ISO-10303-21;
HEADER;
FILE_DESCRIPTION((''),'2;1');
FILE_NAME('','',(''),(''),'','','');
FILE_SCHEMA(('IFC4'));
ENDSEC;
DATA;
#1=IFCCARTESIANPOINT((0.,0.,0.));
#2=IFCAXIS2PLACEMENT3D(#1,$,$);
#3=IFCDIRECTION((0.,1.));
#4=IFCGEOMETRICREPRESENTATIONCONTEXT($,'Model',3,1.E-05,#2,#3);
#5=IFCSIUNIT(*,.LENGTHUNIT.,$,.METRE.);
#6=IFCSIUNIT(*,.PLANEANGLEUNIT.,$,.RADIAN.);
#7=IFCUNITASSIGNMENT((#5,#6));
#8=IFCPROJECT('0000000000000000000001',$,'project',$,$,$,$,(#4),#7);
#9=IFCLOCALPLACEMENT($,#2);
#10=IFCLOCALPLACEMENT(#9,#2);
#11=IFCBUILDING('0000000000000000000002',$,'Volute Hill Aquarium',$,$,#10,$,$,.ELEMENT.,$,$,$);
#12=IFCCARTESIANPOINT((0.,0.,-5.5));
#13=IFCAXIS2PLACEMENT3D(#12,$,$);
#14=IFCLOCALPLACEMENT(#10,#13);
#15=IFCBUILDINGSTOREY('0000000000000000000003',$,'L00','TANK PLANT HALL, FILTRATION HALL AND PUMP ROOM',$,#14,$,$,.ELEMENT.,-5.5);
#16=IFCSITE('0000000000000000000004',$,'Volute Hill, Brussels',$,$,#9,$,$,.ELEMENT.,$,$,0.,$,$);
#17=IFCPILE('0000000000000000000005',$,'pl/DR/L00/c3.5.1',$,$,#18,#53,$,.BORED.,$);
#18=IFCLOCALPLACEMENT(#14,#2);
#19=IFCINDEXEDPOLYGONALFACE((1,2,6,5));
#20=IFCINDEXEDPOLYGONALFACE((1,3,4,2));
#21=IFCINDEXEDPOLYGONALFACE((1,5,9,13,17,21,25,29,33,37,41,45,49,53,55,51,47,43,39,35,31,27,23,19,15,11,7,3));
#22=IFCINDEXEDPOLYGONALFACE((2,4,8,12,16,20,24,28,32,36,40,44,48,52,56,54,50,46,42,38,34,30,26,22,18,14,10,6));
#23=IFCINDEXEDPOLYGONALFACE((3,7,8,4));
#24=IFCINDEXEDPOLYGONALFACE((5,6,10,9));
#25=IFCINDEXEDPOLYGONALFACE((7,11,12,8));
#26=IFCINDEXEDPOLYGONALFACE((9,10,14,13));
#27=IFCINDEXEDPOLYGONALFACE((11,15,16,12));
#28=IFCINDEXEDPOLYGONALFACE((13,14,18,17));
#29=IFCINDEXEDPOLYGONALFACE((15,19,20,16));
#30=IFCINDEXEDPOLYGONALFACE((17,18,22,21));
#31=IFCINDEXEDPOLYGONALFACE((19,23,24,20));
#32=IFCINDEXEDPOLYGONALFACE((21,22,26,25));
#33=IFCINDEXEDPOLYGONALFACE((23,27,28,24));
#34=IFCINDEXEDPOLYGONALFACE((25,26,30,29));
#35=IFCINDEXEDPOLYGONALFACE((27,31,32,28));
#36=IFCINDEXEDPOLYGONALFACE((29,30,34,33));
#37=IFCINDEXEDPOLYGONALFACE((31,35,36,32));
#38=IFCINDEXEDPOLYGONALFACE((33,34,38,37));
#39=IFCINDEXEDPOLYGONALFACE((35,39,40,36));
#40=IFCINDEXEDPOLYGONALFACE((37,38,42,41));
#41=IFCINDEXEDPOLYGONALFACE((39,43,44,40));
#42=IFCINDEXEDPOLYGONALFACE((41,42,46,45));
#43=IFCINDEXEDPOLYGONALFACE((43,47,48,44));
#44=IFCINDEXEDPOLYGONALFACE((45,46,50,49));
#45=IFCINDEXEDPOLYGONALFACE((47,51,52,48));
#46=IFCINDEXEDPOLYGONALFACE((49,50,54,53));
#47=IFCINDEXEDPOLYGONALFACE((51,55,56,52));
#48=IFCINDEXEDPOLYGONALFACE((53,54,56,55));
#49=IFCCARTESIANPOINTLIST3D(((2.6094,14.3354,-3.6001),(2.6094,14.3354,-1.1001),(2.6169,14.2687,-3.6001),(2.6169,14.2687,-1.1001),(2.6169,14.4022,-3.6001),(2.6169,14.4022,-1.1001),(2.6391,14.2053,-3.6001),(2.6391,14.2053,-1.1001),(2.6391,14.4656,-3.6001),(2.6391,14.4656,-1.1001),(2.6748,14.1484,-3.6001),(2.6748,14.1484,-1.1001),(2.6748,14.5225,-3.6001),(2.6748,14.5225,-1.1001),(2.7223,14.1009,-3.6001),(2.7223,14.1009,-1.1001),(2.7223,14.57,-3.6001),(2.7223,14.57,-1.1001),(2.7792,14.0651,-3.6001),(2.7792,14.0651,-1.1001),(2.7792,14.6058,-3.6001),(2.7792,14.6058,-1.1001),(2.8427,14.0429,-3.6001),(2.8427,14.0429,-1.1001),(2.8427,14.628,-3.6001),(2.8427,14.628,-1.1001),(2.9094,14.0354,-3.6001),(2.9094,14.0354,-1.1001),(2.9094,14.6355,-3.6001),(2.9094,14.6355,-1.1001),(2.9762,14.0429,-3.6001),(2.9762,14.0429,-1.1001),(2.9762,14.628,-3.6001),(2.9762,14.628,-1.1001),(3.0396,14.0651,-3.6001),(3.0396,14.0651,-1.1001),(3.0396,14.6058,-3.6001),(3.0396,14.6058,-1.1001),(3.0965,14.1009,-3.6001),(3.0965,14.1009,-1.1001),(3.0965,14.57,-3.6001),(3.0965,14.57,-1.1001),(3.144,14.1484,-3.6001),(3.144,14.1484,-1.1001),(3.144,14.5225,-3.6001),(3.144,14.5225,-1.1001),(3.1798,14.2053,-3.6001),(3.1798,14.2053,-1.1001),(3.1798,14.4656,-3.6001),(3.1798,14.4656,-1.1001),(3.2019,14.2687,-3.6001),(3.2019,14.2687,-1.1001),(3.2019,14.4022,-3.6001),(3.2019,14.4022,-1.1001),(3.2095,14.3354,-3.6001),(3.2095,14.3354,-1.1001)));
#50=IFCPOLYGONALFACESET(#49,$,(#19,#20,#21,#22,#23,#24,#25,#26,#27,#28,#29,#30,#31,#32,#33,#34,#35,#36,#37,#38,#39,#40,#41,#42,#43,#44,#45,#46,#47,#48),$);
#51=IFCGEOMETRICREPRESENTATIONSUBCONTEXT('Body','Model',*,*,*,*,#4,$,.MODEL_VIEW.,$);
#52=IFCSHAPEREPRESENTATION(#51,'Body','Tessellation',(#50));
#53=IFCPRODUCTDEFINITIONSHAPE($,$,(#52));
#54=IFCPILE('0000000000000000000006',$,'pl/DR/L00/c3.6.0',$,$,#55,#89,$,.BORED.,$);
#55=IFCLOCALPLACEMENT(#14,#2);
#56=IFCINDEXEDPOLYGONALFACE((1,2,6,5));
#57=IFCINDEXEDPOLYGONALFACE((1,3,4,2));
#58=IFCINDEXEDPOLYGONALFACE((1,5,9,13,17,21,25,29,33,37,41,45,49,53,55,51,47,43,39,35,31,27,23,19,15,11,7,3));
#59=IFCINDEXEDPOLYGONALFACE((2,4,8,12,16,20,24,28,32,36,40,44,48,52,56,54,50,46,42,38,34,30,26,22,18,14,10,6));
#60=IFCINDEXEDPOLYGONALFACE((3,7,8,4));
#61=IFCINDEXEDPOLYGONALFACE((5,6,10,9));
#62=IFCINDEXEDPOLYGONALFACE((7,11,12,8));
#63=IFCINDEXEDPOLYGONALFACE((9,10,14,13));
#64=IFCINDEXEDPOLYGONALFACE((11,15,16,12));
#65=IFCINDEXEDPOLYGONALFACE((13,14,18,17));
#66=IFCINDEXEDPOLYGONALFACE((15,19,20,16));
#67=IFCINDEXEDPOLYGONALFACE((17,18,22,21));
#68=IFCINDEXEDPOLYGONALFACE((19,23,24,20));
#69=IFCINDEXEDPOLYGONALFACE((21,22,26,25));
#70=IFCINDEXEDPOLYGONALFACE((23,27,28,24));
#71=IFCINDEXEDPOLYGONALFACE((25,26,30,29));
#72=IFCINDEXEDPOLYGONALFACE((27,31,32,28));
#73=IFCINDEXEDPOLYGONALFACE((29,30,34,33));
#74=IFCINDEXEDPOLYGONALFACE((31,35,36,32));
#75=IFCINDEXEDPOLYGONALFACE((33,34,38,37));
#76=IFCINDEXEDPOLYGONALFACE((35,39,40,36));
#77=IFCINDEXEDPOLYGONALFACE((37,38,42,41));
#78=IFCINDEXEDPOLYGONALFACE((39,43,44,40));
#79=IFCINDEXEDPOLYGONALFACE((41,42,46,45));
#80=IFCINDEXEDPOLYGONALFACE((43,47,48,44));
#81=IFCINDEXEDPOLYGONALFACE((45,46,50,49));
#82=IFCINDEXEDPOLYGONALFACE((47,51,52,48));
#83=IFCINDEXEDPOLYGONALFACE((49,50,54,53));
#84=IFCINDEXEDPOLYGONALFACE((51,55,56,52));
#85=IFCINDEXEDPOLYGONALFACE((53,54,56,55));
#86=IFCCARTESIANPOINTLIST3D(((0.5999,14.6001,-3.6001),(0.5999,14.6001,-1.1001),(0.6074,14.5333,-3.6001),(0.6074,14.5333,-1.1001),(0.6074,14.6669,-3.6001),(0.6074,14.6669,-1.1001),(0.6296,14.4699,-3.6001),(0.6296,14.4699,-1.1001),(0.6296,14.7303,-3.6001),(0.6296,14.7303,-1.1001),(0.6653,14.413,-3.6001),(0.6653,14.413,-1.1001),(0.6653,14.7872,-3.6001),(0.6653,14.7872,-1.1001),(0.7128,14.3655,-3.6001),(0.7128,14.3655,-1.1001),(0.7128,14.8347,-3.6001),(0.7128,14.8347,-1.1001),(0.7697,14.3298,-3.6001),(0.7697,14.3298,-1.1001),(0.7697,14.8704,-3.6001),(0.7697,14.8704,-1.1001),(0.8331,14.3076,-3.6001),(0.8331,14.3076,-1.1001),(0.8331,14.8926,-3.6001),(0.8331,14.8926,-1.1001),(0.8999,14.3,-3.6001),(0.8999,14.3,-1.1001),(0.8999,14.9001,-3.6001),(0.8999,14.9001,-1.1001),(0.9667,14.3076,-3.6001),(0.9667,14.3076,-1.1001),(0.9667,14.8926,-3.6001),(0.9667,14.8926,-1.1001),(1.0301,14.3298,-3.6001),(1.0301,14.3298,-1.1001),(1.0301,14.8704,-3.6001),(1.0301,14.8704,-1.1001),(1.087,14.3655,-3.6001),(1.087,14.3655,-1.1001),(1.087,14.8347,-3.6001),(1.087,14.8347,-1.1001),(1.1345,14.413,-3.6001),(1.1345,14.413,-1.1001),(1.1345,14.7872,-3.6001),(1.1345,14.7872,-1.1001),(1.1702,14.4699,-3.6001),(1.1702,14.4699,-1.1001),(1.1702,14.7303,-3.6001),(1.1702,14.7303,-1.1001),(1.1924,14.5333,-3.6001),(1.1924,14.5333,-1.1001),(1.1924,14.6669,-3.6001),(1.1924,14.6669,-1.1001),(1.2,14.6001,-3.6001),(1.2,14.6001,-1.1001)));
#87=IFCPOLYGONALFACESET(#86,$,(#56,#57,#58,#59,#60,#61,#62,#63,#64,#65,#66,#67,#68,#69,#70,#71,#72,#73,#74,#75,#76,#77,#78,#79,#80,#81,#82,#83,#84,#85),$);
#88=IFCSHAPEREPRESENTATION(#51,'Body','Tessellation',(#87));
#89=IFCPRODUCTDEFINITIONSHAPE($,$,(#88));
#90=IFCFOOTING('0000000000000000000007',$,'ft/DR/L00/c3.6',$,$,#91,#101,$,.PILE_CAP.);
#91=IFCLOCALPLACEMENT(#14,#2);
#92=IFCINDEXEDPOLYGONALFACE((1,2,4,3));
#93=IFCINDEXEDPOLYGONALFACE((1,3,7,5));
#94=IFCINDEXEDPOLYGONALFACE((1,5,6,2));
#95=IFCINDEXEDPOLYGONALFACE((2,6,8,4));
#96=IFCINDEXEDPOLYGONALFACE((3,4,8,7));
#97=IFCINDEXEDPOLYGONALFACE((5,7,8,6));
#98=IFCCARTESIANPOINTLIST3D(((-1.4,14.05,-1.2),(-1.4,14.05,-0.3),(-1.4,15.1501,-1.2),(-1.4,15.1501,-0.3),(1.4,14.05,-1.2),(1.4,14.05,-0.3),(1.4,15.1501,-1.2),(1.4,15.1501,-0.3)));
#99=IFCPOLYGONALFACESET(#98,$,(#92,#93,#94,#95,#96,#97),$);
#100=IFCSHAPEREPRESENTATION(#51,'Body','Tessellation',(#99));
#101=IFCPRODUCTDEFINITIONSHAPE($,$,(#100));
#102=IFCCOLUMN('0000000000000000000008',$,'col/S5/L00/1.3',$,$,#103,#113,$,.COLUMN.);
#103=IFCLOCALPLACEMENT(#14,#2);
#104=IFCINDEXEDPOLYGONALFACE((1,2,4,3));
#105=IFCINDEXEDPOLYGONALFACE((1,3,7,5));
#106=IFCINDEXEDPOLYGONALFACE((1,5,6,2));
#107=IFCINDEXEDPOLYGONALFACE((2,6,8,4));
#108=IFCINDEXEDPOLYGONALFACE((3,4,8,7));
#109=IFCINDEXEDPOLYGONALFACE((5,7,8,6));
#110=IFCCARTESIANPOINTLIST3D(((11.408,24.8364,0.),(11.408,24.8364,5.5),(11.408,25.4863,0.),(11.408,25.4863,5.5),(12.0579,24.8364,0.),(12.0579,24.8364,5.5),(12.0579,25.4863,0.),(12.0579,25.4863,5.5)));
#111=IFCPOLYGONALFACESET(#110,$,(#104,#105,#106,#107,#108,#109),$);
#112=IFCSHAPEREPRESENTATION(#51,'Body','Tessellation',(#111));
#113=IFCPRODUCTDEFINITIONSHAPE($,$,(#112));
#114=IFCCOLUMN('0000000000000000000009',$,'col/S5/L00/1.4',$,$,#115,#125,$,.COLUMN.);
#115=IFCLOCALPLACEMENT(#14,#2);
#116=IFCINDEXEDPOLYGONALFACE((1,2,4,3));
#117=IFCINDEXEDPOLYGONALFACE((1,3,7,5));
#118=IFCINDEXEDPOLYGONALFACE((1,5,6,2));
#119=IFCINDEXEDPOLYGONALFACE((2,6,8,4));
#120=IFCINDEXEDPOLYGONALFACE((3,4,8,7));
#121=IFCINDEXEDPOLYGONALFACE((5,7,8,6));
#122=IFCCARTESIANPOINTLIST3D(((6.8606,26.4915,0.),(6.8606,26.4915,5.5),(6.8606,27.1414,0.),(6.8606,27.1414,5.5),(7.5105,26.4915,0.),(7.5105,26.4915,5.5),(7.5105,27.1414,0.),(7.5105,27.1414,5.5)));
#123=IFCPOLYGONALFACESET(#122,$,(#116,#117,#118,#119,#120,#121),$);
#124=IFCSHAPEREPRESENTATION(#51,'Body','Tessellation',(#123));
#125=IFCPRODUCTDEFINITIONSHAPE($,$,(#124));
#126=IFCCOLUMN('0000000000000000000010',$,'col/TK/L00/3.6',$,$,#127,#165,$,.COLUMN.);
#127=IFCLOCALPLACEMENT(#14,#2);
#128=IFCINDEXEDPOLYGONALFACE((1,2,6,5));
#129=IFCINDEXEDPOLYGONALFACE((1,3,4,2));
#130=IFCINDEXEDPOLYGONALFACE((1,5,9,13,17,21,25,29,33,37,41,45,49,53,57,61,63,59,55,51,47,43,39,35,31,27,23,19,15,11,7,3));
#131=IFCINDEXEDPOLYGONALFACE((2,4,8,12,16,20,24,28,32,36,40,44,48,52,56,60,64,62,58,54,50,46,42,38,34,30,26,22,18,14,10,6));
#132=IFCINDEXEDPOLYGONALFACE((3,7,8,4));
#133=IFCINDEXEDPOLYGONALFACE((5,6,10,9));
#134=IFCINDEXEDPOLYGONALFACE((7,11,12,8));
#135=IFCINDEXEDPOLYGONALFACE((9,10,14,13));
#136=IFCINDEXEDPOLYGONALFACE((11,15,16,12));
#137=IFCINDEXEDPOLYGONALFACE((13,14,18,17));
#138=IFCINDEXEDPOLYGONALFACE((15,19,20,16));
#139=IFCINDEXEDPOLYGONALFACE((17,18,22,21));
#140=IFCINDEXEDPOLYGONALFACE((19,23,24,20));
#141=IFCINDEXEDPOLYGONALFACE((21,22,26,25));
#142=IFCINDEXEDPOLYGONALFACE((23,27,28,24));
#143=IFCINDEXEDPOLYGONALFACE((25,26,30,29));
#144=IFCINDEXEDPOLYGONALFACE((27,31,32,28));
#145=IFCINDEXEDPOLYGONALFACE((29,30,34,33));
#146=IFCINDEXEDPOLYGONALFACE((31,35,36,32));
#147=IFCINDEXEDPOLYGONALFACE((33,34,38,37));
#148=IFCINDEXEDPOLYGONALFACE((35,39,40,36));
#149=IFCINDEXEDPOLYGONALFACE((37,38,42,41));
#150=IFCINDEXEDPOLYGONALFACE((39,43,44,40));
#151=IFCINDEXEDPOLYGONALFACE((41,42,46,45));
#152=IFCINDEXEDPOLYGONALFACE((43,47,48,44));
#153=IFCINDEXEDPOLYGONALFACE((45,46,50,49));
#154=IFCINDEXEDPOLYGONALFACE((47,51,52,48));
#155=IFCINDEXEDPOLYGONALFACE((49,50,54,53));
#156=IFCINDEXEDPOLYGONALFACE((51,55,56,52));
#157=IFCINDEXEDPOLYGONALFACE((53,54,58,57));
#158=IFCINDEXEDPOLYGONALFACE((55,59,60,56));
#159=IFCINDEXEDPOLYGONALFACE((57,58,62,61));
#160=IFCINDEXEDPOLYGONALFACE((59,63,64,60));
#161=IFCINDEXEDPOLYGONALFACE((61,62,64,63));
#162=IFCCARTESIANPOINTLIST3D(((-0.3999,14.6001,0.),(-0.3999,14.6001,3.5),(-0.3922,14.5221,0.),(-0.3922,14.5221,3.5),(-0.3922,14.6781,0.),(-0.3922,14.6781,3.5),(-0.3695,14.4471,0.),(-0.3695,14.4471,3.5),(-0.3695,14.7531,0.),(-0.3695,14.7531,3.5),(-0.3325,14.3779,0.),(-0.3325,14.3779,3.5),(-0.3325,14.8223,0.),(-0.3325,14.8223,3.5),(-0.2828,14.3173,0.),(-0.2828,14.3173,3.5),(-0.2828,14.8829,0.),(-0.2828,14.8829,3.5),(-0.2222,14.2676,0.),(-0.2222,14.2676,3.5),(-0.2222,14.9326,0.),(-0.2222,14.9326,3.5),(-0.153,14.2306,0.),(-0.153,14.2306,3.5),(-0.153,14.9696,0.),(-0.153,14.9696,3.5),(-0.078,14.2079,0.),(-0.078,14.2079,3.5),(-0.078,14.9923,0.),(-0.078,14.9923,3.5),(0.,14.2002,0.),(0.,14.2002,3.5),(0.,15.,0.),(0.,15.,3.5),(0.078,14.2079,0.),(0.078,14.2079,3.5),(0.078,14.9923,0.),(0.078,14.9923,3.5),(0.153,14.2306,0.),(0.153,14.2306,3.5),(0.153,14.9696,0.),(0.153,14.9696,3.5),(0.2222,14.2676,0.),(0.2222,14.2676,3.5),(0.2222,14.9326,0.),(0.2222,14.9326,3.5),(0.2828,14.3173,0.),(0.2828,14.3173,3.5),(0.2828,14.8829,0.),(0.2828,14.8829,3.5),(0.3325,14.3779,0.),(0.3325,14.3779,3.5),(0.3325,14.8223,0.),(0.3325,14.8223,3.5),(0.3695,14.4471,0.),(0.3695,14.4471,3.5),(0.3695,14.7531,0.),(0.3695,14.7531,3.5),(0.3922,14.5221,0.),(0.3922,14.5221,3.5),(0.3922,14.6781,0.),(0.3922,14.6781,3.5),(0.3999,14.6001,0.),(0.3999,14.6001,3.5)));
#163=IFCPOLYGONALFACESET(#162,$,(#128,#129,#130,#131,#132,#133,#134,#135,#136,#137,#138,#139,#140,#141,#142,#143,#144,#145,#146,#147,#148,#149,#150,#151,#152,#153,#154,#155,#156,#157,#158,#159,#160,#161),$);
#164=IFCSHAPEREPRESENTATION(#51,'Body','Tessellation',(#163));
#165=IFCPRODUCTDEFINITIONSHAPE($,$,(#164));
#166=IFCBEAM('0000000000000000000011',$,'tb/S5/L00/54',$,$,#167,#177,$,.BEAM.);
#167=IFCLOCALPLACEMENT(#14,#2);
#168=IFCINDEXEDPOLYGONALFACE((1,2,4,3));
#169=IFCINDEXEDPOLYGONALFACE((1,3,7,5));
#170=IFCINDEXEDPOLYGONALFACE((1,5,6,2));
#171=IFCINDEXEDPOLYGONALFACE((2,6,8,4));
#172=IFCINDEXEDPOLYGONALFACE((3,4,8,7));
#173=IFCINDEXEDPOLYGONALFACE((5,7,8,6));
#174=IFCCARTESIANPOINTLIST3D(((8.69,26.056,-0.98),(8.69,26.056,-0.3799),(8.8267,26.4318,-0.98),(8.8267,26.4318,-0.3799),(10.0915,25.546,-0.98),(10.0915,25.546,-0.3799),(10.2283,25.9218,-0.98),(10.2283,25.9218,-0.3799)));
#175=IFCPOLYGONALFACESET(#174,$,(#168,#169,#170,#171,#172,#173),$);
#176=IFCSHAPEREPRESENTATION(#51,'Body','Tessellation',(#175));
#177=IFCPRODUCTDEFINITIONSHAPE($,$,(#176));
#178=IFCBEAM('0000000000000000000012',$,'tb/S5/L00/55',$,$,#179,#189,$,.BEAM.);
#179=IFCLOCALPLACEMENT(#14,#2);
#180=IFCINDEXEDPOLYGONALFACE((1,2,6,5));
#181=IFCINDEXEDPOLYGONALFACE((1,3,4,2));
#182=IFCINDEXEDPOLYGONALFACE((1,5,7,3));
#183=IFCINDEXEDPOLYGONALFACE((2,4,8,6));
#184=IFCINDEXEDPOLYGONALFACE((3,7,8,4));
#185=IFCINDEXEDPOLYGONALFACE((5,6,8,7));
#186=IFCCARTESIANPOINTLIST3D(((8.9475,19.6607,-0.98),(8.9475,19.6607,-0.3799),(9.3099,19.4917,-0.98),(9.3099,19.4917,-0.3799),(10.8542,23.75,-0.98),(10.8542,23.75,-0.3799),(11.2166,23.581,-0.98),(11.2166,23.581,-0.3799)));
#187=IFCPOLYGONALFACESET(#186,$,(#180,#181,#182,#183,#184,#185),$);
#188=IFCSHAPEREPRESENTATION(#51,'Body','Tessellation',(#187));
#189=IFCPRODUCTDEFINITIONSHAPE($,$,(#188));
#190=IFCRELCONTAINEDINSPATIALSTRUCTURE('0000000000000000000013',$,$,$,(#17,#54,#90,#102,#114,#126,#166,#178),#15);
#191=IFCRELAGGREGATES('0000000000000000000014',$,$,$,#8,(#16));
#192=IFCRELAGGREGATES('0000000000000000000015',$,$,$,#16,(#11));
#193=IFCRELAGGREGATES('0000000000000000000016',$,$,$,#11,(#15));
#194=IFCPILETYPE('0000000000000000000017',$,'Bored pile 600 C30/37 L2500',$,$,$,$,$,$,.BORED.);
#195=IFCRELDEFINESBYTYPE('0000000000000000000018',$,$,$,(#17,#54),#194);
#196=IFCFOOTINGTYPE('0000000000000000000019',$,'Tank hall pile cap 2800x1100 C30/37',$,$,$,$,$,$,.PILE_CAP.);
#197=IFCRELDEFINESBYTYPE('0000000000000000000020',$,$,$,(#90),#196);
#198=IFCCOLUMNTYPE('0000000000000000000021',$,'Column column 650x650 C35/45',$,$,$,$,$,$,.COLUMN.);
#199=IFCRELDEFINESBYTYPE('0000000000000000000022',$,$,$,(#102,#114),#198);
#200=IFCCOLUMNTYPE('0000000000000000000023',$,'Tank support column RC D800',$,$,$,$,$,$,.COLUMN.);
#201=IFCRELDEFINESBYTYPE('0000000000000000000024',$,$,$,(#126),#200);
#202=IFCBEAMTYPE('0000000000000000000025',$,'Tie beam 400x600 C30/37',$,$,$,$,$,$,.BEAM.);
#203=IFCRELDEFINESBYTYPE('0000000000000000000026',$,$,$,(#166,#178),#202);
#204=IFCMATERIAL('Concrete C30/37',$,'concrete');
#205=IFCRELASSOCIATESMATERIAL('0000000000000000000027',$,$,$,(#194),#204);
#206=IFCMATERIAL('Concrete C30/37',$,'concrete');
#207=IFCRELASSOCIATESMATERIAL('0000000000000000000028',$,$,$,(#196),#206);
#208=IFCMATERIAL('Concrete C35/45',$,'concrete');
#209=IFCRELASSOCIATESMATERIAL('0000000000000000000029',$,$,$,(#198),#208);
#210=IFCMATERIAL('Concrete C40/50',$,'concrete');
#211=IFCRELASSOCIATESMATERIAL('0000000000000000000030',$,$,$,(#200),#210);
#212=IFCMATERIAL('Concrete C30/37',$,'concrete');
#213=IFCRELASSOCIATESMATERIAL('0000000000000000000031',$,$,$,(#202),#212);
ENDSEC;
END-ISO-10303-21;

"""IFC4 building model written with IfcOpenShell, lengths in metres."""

from ifc_helpers import new_model, si_unit, direction, frame, origin, origin_2d, place, context, subcontext, project, spatial, rectangle, circle, extrude, material, material_profile, profile_set, type_object, element, save


model = new_model("IFC4")

# Units and contexts
model_context = context("Model", 3, precision=1e-05, world=origin(), true_north=direction((0.0, 1.0)))
body_context = subcontext(model_context, "Body", "Model", "MODEL_VIEW")
ifc_project = project(units=[si_unit("LENGTHUNIT", "METRE"), si_unit("PLANEANGLEUNIT", "RADIAN")], contexts=[model_context])

# Site, building, storey
site_placement = place(None, origin())
site = spatial("IfcSite", under=ifc_project, at=site_placement, Name="Volute Hill, Brussels", CompositionType="ELEMENT", RefElevation=0.0)
building_placement = place(site_placement, origin())
building = spatial("IfcBuilding", under=site, at=building_placement, Name="Volute Hill Aquarium", CompositionType="ELEMENT")
storey_placement = place(building_placement, frame((0.0, 0.0, -5.5)))
storey = spatial("IfcBuildingStorey", under=building, at=storey_placement, Name="L00", Description="TANK PLANT HALL, FILTRATION HALL AND PUMP ROOM", CompositionType="ELEMENT", Elevation=-5.5)

# Piles
ifc_material_1 = material(Name="Concrete C30/37", Category="concrete")
pile_type = type_object("IfcPileType", Name="Bored pile 600 C30/37 L2500", PredefinedType="BORED", material=ifc_material_1)
for number, where, z_axis, x_axis, name in (
    (1, (2.9094, 14.3354, -1.1001), (0.0, 0.0, -1.0), (1.0, 0.0, 0.0), "pl/DR/L00/c3.5.1"),
    (2, (0.8999, 14.6001, -1.1001), (0.0, 0.0, -1.0), (1.0, 0.0, 0.0), "pl/DR/L00/c3.6.0"),
):
    element("IfcPile", number, at=place(storey_placement, frame(where, z_axis=z_axis, x_axis=x_axis)), inside=storey, type_object=pile_type, Name=name, PredefinedType="BORED", context=body_context, shape_type="SweptSolid", body=[
        extrude(circle(Radius=0.3, at=origin_2d()), origin(), (0.0, 0.0, 1.0), 2.5),
    ])

# Footing
ifc_material_2 = material(Name="Concrete C30/37", Category="concrete")
footing_type = type_object("IfcFootingType", Name="Tank hall pile cap 2800x1100 C30/37", PredefinedType="PILE_CAP", material=ifc_material_2)
footing_placement = place(storey_placement, frame((0.0, 14.6001, -1.2), z_axis=(0.0, 0.0, 1.0), x_axis=(-1.0, 0.0, 0.0)))
element("IfcFooting", 3, at=footing_placement, inside=storey, type_object=footing_type, Name="ft/DR/L00/c3.6", PredefinedType="PILE_CAP", context=body_context, shape_type="SweptSolid", body=[
    extrude(rectangle(XDim=2.8, YDim=1.1001, at=origin_2d()), origin(), (0.0, 0.0, 1.0), 0.8999),
])

# Columns
ifc_material_3 = material(Name="Concrete C35/45", Category="concrete")
ifc_material_profile_1 = material_profile(ifc_material_3, rectangle(XDim=0.6499, YDim=0.6499, at=origin_2d()), Name="RC column 650x650")
ifc_profile_set_1 = profile_set([ifc_material_profile_1], Name="Concrete C35/45")
column_type_1 = type_object("IfcColumnType", Name="Column column 650x650 C35/45", PredefinedType="COLUMN", material=ifc_profile_set_1)
for number, where, z_axis, x_axis, name in (
    (4, (11.7329, 25.1614, 0.0), (0.0, 0.0, 1.0), (1.0, 0.0, 0.0), "col/S5/L00/1.3"),
    (5, (7.1855, 26.8164, 0.0), (0.0, 0.0, 1.0), (1.0, 0.0, 0.0), "col/S5/L00/1.4"),
):
    element("IfcColumn", number, at=place(storey_placement, frame(where, z_axis=z_axis, x_axis=x_axis)), inside=storey, type_object=column_type_1, Name=name, PredefinedType="COLUMN", context=body_context, shape_type="SweptSolid", body=[
        extrude(rectangle(XDim=0.6499, YDim=0.6499, at=origin_2d()), origin(), (0.0, 0.0, 1.0), 5.5),
    ])
ifc_material_4 = material(Name="Concrete C40/50", Category="concrete")
ifc_material_profile_2 = material_profile(ifc_material_4, circle(Radius=0.3999, at=origin_2d()), Name="RC round column D800")
ifc_profile_set_2 = profile_set([ifc_material_profile_2], Name="Concrete C40/50")
column_type_2 = type_object("IfcColumnType", Name="Tank support column RC D800", PredefinedType="COLUMN", material=ifc_profile_set_2)
column_placement = place(storey_placement, frame((0.0, 14.6001, 0.0), z_axis=(0.0, 0.0, 1.0), x_axis=(1.0, 0.0, 0.0)))
element("IfcColumn", 6, at=column_placement, inside=storey, type_object=column_type_2, Name="col/TK/L00/3.6", PredefinedType="COLUMN", context=body_context, shape_type="SweptSolid", body=[
    extrude(circle(Radius=0.3999, at=origin_2d()), origin(), (0.0, 0.0, 1.0), 3.5),
])

# Beams
ifc_material_5 = material(Name="Concrete C30/37", Category="concrete")
ifc_material_profile_3 = material_profile(ifc_material_5, rectangle(XDim=0.3999, YDim=0.6001, at=origin_2d()), Name="RC tie beam 400x600")
ifc_profile_set_3 = profile_set([ifc_material_profile_3], Name="Concrete C30/37")
beam_type = type_object("IfcBeamType", Name="Tie beam 400x600 C30/37", PredefinedType="BEAM", material=ifc_profile_set_3)
beam_1_placement = place(storey_placement, frame((10.1599, 25.7339, -0.6799), z_axis=(-0.939722, 0.34194, 0.0), x_axis=(-0.34194, -0.939722, 0.0)))
element("IfcBeam", 7, at=beam_1_placement, inside=storey, type_object=beam_type, Name="tb/S5/L00/54", PredefinedType="BEAM", context=body_context, shape_type="SweptSolid", body=[
    extrude(rectangle(XDim=0.3999, YDim=0.6001, at=origin_2d()), origin(), (0.0, 0.0, 1.0), 1.4915),
])
beam_2_placement = place(storey_placement, frame((11.0354, 23.6655, -0.6799), z_axis=(-0.422589, -0.906321, 0.0), x_axis=(0.906321, -0.422589, 0.0)))
element("IfcBeam", 8, at=beam_2_placement, inside=storey, type_object=beam_type, Name="tb/S5/L00/55", PredefinedType="BEAM", context=body_context, shape_type="SweptSolid", body=[
    extrude(rectangle(XDim=0.3999, YDim=0.6001, at=origin_2d()), origin(), (0.0, 0.0, 1.0), 4.512),
])

save(model, "model.ifc")
